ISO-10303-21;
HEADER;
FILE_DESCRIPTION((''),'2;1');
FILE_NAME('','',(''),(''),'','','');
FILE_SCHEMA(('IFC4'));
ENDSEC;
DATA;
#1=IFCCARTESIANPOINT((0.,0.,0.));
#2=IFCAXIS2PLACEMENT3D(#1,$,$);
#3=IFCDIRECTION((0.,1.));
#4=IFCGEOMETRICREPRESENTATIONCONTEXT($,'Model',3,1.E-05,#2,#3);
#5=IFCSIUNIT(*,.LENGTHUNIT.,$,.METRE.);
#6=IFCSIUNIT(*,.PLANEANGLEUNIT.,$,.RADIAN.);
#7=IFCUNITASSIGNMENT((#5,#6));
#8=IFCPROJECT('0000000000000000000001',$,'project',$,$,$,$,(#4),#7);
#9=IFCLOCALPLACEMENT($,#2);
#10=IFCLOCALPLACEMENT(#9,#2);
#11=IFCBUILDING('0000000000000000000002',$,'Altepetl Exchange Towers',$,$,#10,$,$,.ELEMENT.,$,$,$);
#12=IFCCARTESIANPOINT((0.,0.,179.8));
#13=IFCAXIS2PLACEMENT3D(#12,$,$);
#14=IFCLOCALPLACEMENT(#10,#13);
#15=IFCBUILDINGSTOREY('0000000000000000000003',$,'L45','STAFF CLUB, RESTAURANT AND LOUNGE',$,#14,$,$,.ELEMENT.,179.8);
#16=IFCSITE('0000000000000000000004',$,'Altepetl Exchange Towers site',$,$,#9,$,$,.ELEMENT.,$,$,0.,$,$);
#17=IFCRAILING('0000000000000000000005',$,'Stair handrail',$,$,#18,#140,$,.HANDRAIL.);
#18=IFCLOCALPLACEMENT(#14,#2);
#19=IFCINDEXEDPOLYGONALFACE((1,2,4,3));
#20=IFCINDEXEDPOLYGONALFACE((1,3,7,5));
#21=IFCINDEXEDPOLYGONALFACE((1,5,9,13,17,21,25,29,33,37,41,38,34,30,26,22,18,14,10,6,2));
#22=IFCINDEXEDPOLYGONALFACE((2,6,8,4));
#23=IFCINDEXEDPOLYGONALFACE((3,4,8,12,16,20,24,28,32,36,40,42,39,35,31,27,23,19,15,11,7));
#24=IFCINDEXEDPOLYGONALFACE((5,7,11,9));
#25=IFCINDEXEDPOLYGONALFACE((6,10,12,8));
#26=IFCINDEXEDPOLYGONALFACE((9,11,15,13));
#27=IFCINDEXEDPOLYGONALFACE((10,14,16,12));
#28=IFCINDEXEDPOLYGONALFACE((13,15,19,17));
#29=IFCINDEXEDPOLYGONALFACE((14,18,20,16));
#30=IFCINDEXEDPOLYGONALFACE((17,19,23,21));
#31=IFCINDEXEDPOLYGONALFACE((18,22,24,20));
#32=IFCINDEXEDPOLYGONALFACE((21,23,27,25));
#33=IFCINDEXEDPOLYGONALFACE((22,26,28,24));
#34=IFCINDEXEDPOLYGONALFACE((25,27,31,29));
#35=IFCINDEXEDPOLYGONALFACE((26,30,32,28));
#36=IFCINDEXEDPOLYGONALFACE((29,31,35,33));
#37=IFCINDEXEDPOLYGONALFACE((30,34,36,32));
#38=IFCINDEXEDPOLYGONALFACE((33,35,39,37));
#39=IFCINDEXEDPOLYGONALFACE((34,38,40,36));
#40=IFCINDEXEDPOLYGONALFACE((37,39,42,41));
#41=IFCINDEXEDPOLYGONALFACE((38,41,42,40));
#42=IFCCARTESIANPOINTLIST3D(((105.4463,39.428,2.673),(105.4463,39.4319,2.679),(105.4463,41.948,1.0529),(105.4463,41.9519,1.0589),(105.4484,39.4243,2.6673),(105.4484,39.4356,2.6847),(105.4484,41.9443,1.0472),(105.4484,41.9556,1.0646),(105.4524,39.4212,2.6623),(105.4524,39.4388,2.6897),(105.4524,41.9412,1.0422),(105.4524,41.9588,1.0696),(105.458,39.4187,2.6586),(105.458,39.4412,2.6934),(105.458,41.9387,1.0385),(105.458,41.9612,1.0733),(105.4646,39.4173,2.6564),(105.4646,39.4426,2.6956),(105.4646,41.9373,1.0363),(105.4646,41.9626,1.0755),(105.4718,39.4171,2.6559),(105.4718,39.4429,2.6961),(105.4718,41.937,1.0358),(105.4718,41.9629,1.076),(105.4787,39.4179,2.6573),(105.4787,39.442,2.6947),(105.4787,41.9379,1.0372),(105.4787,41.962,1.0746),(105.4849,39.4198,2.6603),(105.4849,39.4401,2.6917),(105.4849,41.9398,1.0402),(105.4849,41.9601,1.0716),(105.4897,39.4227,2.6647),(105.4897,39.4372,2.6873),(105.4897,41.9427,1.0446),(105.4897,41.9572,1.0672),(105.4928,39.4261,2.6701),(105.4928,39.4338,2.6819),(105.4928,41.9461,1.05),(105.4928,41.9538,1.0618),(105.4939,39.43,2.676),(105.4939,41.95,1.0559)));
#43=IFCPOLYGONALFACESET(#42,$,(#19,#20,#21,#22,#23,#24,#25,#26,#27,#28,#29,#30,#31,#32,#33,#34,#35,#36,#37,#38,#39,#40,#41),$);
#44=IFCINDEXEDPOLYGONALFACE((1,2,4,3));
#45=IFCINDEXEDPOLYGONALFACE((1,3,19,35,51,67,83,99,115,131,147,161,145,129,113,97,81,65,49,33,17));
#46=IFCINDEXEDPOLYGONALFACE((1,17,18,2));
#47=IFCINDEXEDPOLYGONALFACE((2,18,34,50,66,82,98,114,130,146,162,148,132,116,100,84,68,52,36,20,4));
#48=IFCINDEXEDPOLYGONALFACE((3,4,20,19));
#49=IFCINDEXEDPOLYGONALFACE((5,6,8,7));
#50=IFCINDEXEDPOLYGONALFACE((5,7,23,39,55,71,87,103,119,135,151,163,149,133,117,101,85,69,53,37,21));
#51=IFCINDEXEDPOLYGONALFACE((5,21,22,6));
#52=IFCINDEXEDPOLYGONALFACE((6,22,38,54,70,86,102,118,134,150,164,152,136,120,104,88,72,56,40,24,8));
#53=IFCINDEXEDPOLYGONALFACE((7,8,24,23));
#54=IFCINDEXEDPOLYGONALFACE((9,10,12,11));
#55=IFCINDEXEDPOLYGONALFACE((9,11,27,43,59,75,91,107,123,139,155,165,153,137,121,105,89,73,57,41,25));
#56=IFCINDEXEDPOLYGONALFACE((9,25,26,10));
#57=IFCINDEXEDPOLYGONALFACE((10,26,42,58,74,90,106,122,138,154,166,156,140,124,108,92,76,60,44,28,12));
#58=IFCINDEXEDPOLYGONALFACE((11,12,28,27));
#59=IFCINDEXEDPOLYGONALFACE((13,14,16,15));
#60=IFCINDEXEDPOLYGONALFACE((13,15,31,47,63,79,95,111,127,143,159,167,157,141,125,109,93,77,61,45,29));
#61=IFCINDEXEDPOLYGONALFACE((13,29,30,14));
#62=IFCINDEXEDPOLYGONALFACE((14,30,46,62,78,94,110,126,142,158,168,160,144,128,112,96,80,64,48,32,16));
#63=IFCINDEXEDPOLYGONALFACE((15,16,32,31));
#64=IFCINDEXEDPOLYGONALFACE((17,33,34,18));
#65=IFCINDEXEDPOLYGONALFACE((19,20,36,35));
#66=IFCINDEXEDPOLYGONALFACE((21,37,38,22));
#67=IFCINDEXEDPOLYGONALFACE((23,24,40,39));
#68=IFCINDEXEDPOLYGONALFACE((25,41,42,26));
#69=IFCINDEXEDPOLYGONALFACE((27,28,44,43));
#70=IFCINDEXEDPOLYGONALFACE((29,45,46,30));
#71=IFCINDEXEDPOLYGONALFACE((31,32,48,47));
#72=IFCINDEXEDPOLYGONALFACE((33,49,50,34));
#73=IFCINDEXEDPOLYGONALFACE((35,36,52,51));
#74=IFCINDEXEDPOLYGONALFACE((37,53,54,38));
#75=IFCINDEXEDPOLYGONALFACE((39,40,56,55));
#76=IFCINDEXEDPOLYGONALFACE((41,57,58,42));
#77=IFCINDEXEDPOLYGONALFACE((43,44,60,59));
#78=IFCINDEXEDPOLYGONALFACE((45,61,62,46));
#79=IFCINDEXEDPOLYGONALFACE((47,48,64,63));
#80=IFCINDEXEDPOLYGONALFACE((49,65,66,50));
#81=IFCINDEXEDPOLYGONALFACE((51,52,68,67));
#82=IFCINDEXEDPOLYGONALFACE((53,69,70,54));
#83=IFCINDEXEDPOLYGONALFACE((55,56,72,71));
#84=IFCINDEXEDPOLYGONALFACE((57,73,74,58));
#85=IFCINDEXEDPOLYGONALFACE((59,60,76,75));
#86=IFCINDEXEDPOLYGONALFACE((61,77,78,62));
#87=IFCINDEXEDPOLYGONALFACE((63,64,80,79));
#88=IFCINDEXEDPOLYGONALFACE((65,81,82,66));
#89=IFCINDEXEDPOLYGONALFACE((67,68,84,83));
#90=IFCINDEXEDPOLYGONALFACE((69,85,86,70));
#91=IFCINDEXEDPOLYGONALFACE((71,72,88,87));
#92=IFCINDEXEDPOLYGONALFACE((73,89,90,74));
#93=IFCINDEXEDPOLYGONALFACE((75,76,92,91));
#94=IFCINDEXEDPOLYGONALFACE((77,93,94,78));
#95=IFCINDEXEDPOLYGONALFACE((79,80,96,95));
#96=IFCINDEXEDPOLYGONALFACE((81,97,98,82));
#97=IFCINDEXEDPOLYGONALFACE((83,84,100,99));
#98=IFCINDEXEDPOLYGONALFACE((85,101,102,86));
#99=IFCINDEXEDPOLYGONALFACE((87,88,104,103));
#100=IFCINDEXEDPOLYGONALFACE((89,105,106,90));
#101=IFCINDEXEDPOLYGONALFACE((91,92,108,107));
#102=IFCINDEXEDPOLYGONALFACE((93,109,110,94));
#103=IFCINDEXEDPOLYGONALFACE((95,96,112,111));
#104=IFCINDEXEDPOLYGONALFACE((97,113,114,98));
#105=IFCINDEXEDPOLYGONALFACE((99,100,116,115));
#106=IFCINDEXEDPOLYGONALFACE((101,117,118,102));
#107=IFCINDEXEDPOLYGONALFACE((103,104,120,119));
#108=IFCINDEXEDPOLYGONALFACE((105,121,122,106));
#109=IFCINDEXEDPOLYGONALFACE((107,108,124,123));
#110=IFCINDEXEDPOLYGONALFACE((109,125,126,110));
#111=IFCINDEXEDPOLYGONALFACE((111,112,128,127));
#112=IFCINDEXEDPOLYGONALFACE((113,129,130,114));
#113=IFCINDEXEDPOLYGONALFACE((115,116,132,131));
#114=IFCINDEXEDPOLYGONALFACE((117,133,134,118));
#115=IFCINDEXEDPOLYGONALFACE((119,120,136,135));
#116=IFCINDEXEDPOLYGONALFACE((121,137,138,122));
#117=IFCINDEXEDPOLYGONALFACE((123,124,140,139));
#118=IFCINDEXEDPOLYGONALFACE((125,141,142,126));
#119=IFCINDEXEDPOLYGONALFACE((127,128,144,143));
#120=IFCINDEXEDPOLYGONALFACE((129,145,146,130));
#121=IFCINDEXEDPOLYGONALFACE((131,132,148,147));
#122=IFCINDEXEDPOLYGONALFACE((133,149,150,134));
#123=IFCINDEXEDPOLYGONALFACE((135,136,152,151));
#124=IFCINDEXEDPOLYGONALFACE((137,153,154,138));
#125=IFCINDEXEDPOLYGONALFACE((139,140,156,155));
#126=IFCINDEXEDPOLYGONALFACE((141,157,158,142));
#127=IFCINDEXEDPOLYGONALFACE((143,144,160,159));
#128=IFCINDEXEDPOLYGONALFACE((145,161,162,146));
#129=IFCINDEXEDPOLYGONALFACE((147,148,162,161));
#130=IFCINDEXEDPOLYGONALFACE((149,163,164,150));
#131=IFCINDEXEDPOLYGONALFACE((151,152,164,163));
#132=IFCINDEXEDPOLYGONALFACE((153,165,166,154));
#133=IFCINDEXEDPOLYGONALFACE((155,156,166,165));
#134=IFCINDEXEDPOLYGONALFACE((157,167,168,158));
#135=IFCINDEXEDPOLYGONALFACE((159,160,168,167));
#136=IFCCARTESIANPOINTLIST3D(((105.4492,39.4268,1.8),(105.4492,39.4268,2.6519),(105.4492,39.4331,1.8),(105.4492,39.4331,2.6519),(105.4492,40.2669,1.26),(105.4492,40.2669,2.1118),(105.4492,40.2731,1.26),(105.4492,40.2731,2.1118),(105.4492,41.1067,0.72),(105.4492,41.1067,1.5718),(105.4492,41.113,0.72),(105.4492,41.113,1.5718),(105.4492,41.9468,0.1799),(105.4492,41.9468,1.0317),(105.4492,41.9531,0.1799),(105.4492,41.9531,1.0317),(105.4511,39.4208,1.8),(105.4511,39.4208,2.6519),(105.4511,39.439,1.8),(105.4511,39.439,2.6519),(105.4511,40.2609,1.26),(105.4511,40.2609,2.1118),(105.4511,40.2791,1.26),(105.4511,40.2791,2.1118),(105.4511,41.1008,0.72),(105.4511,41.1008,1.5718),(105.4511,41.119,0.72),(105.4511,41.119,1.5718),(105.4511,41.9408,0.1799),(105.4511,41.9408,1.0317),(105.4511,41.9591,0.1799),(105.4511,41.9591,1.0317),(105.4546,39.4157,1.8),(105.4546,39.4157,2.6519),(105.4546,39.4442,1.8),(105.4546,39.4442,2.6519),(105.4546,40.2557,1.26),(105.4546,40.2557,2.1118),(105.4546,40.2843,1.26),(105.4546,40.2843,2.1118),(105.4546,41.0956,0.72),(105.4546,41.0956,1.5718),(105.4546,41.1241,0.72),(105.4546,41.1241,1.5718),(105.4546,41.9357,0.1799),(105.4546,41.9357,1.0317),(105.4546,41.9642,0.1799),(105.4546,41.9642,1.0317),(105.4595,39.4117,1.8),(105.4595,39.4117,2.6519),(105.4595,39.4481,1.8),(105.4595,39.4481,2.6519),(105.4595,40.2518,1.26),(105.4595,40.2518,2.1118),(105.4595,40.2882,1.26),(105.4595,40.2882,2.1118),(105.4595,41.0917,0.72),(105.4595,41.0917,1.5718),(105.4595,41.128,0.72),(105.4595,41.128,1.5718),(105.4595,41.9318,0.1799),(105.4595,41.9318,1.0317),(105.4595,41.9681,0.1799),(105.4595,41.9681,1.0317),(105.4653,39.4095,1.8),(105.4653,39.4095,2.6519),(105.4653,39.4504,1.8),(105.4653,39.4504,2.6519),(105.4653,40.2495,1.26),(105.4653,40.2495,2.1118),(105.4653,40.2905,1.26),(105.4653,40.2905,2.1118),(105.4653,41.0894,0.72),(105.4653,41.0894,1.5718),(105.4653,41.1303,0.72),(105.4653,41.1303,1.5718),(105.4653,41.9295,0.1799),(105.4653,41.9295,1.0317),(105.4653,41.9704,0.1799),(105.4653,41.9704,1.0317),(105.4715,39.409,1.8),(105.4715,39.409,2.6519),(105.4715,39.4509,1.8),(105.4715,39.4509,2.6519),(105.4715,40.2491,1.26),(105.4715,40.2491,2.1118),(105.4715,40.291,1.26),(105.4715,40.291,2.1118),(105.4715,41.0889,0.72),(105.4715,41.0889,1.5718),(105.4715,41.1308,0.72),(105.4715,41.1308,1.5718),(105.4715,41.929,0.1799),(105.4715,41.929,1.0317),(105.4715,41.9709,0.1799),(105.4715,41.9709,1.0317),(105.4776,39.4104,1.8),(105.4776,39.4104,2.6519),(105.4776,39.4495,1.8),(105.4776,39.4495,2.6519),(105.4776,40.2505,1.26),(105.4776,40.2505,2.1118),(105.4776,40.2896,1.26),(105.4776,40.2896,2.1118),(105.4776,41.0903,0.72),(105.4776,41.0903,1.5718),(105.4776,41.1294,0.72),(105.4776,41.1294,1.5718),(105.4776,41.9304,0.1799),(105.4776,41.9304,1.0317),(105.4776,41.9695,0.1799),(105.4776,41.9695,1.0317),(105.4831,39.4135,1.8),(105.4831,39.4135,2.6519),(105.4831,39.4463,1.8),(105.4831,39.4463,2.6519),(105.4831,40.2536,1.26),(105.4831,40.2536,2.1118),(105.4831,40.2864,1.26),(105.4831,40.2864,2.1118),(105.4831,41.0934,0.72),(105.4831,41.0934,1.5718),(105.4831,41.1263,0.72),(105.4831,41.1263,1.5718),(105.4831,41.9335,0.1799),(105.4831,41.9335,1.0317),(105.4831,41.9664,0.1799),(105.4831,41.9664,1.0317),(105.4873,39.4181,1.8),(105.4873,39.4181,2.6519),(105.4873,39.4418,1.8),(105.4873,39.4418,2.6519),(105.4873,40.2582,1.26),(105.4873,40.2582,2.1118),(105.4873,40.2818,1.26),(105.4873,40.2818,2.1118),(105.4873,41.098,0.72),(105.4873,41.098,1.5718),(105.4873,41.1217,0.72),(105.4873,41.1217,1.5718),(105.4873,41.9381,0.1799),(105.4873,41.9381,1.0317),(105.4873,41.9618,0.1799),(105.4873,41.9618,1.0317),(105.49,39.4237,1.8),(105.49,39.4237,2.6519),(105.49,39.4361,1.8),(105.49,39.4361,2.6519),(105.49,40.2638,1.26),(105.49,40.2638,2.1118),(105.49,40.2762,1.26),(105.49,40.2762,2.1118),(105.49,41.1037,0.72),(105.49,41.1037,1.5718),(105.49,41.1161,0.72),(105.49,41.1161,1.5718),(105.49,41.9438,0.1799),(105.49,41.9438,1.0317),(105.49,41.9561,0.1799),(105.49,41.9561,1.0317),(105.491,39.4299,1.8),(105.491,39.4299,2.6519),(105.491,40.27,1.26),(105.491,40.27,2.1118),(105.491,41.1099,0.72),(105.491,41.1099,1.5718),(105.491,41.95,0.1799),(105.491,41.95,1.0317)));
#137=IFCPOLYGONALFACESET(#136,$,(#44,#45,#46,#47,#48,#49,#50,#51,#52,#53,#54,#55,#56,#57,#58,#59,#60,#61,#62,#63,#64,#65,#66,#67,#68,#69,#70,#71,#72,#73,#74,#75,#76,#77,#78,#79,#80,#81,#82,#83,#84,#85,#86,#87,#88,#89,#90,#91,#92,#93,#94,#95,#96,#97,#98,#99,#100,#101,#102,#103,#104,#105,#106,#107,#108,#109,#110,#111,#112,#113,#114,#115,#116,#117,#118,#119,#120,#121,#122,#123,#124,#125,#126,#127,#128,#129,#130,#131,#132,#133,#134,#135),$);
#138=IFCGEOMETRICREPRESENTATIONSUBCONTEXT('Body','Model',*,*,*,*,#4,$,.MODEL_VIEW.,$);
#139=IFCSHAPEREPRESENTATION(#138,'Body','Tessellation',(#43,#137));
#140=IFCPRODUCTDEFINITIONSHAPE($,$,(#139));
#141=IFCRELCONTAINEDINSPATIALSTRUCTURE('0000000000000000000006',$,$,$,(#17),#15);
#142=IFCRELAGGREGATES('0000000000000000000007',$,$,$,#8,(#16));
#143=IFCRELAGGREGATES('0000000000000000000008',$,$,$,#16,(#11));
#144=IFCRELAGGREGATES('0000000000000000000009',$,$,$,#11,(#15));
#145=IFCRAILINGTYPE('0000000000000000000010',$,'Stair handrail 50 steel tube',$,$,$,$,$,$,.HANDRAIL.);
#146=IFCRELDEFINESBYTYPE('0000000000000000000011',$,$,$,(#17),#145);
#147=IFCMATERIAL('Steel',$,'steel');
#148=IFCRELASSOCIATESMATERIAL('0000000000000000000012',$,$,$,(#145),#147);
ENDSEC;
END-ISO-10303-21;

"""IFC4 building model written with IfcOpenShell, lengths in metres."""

from ifc_helpers import new_model, si_unit, direction, frame, origin, origin_2d, place, context, subcontext, project, spatial, circle, extrude, source, transform, mapped, material, type_object, element, save


model = new_model("IFC4")

# Units and contexts
model_context = context("Model", 3, precision=1e-05, world=origin(), true_north=direction((0.0, 1.0)))
body_context = subcontext(model_context, "Body", "Model", "MODEL_VIEW")
ifc_project = project(units=[si_unit("LENGTHUNIT", "METRE"), si_unit("PLANEANGLEUNIT", "RADIAN")], contexts=[model_context])

# Site, building, storey
site_placement = place(None, origin())
site = spatial("IfcSite", under=ifc_project, at=site_placement, Name="Altepetl Exchange Towers site", CompositionType="ELEMENT", RefElevation=0.0)
building_placement = place(site_placement, origin())
building = spatial("IfcBuilding", under=site, at=building_placement, Name="Altepetl Exchange Towers", CompositionType="ELEMENT")
storey_placement = place(building_placement, frame((0.0, 0.0, 179.8)))
storey = spatial("IfcBuildingStorey", under=building, at=storey_placement, Name="L45", Description="STAFF CLUB, RESTAURANT AND LOUNGE", CompositionType="ELEMENT", Elevation=179.8)

# Railing
ifc_material_1 = material(Name="Steel", Category="steel")
railing_type = type_object("IfcRailingType", Name="Stair handrail 50 steel tube", PredefinedType="HANDRAIL", material=ifc_material_1)
shared_shape = source(origin(), body_context, "Body", "SweptSolid", [
    extrude(circle(Radius=0.021, at=origin_2d()), origin(), (0.0, 0.0, 1.0), 0.8518),
])
railing_1_placement = place(storey_placement, frame((105.47, 41.95, 0.1799)))
element("IfcRailing", 1, at=railing_1_placement, inside=storey, type_object=railing_type, Name="Stair handrail", PredefinedType="HANDRAIL", context=body_context, shape_type="SweptSolid", body=[
    extrude(circle(Radius=0.0239, at=origin_2d()), frame((0.0, 0.0, 0.876), z_axis=(0.0, -0.841163, 0.540782), x_axis=(1.0, 0.0, 0.0)), (0.0, 0.0, 1.0), 2.9958),
    mapped(shared_shape, transform((0.0, 0.0, 0.0))),
    mapped(shared_shape, transform((0.0, -0.8401, 0.54))),
    mapped(shared_shape, transform((0.0, -1.6799, 1.0801))),
    mapped(shared_shape, transform((0.0, -2.52, 1.6201))),
])

save(model, "model.ifc")
